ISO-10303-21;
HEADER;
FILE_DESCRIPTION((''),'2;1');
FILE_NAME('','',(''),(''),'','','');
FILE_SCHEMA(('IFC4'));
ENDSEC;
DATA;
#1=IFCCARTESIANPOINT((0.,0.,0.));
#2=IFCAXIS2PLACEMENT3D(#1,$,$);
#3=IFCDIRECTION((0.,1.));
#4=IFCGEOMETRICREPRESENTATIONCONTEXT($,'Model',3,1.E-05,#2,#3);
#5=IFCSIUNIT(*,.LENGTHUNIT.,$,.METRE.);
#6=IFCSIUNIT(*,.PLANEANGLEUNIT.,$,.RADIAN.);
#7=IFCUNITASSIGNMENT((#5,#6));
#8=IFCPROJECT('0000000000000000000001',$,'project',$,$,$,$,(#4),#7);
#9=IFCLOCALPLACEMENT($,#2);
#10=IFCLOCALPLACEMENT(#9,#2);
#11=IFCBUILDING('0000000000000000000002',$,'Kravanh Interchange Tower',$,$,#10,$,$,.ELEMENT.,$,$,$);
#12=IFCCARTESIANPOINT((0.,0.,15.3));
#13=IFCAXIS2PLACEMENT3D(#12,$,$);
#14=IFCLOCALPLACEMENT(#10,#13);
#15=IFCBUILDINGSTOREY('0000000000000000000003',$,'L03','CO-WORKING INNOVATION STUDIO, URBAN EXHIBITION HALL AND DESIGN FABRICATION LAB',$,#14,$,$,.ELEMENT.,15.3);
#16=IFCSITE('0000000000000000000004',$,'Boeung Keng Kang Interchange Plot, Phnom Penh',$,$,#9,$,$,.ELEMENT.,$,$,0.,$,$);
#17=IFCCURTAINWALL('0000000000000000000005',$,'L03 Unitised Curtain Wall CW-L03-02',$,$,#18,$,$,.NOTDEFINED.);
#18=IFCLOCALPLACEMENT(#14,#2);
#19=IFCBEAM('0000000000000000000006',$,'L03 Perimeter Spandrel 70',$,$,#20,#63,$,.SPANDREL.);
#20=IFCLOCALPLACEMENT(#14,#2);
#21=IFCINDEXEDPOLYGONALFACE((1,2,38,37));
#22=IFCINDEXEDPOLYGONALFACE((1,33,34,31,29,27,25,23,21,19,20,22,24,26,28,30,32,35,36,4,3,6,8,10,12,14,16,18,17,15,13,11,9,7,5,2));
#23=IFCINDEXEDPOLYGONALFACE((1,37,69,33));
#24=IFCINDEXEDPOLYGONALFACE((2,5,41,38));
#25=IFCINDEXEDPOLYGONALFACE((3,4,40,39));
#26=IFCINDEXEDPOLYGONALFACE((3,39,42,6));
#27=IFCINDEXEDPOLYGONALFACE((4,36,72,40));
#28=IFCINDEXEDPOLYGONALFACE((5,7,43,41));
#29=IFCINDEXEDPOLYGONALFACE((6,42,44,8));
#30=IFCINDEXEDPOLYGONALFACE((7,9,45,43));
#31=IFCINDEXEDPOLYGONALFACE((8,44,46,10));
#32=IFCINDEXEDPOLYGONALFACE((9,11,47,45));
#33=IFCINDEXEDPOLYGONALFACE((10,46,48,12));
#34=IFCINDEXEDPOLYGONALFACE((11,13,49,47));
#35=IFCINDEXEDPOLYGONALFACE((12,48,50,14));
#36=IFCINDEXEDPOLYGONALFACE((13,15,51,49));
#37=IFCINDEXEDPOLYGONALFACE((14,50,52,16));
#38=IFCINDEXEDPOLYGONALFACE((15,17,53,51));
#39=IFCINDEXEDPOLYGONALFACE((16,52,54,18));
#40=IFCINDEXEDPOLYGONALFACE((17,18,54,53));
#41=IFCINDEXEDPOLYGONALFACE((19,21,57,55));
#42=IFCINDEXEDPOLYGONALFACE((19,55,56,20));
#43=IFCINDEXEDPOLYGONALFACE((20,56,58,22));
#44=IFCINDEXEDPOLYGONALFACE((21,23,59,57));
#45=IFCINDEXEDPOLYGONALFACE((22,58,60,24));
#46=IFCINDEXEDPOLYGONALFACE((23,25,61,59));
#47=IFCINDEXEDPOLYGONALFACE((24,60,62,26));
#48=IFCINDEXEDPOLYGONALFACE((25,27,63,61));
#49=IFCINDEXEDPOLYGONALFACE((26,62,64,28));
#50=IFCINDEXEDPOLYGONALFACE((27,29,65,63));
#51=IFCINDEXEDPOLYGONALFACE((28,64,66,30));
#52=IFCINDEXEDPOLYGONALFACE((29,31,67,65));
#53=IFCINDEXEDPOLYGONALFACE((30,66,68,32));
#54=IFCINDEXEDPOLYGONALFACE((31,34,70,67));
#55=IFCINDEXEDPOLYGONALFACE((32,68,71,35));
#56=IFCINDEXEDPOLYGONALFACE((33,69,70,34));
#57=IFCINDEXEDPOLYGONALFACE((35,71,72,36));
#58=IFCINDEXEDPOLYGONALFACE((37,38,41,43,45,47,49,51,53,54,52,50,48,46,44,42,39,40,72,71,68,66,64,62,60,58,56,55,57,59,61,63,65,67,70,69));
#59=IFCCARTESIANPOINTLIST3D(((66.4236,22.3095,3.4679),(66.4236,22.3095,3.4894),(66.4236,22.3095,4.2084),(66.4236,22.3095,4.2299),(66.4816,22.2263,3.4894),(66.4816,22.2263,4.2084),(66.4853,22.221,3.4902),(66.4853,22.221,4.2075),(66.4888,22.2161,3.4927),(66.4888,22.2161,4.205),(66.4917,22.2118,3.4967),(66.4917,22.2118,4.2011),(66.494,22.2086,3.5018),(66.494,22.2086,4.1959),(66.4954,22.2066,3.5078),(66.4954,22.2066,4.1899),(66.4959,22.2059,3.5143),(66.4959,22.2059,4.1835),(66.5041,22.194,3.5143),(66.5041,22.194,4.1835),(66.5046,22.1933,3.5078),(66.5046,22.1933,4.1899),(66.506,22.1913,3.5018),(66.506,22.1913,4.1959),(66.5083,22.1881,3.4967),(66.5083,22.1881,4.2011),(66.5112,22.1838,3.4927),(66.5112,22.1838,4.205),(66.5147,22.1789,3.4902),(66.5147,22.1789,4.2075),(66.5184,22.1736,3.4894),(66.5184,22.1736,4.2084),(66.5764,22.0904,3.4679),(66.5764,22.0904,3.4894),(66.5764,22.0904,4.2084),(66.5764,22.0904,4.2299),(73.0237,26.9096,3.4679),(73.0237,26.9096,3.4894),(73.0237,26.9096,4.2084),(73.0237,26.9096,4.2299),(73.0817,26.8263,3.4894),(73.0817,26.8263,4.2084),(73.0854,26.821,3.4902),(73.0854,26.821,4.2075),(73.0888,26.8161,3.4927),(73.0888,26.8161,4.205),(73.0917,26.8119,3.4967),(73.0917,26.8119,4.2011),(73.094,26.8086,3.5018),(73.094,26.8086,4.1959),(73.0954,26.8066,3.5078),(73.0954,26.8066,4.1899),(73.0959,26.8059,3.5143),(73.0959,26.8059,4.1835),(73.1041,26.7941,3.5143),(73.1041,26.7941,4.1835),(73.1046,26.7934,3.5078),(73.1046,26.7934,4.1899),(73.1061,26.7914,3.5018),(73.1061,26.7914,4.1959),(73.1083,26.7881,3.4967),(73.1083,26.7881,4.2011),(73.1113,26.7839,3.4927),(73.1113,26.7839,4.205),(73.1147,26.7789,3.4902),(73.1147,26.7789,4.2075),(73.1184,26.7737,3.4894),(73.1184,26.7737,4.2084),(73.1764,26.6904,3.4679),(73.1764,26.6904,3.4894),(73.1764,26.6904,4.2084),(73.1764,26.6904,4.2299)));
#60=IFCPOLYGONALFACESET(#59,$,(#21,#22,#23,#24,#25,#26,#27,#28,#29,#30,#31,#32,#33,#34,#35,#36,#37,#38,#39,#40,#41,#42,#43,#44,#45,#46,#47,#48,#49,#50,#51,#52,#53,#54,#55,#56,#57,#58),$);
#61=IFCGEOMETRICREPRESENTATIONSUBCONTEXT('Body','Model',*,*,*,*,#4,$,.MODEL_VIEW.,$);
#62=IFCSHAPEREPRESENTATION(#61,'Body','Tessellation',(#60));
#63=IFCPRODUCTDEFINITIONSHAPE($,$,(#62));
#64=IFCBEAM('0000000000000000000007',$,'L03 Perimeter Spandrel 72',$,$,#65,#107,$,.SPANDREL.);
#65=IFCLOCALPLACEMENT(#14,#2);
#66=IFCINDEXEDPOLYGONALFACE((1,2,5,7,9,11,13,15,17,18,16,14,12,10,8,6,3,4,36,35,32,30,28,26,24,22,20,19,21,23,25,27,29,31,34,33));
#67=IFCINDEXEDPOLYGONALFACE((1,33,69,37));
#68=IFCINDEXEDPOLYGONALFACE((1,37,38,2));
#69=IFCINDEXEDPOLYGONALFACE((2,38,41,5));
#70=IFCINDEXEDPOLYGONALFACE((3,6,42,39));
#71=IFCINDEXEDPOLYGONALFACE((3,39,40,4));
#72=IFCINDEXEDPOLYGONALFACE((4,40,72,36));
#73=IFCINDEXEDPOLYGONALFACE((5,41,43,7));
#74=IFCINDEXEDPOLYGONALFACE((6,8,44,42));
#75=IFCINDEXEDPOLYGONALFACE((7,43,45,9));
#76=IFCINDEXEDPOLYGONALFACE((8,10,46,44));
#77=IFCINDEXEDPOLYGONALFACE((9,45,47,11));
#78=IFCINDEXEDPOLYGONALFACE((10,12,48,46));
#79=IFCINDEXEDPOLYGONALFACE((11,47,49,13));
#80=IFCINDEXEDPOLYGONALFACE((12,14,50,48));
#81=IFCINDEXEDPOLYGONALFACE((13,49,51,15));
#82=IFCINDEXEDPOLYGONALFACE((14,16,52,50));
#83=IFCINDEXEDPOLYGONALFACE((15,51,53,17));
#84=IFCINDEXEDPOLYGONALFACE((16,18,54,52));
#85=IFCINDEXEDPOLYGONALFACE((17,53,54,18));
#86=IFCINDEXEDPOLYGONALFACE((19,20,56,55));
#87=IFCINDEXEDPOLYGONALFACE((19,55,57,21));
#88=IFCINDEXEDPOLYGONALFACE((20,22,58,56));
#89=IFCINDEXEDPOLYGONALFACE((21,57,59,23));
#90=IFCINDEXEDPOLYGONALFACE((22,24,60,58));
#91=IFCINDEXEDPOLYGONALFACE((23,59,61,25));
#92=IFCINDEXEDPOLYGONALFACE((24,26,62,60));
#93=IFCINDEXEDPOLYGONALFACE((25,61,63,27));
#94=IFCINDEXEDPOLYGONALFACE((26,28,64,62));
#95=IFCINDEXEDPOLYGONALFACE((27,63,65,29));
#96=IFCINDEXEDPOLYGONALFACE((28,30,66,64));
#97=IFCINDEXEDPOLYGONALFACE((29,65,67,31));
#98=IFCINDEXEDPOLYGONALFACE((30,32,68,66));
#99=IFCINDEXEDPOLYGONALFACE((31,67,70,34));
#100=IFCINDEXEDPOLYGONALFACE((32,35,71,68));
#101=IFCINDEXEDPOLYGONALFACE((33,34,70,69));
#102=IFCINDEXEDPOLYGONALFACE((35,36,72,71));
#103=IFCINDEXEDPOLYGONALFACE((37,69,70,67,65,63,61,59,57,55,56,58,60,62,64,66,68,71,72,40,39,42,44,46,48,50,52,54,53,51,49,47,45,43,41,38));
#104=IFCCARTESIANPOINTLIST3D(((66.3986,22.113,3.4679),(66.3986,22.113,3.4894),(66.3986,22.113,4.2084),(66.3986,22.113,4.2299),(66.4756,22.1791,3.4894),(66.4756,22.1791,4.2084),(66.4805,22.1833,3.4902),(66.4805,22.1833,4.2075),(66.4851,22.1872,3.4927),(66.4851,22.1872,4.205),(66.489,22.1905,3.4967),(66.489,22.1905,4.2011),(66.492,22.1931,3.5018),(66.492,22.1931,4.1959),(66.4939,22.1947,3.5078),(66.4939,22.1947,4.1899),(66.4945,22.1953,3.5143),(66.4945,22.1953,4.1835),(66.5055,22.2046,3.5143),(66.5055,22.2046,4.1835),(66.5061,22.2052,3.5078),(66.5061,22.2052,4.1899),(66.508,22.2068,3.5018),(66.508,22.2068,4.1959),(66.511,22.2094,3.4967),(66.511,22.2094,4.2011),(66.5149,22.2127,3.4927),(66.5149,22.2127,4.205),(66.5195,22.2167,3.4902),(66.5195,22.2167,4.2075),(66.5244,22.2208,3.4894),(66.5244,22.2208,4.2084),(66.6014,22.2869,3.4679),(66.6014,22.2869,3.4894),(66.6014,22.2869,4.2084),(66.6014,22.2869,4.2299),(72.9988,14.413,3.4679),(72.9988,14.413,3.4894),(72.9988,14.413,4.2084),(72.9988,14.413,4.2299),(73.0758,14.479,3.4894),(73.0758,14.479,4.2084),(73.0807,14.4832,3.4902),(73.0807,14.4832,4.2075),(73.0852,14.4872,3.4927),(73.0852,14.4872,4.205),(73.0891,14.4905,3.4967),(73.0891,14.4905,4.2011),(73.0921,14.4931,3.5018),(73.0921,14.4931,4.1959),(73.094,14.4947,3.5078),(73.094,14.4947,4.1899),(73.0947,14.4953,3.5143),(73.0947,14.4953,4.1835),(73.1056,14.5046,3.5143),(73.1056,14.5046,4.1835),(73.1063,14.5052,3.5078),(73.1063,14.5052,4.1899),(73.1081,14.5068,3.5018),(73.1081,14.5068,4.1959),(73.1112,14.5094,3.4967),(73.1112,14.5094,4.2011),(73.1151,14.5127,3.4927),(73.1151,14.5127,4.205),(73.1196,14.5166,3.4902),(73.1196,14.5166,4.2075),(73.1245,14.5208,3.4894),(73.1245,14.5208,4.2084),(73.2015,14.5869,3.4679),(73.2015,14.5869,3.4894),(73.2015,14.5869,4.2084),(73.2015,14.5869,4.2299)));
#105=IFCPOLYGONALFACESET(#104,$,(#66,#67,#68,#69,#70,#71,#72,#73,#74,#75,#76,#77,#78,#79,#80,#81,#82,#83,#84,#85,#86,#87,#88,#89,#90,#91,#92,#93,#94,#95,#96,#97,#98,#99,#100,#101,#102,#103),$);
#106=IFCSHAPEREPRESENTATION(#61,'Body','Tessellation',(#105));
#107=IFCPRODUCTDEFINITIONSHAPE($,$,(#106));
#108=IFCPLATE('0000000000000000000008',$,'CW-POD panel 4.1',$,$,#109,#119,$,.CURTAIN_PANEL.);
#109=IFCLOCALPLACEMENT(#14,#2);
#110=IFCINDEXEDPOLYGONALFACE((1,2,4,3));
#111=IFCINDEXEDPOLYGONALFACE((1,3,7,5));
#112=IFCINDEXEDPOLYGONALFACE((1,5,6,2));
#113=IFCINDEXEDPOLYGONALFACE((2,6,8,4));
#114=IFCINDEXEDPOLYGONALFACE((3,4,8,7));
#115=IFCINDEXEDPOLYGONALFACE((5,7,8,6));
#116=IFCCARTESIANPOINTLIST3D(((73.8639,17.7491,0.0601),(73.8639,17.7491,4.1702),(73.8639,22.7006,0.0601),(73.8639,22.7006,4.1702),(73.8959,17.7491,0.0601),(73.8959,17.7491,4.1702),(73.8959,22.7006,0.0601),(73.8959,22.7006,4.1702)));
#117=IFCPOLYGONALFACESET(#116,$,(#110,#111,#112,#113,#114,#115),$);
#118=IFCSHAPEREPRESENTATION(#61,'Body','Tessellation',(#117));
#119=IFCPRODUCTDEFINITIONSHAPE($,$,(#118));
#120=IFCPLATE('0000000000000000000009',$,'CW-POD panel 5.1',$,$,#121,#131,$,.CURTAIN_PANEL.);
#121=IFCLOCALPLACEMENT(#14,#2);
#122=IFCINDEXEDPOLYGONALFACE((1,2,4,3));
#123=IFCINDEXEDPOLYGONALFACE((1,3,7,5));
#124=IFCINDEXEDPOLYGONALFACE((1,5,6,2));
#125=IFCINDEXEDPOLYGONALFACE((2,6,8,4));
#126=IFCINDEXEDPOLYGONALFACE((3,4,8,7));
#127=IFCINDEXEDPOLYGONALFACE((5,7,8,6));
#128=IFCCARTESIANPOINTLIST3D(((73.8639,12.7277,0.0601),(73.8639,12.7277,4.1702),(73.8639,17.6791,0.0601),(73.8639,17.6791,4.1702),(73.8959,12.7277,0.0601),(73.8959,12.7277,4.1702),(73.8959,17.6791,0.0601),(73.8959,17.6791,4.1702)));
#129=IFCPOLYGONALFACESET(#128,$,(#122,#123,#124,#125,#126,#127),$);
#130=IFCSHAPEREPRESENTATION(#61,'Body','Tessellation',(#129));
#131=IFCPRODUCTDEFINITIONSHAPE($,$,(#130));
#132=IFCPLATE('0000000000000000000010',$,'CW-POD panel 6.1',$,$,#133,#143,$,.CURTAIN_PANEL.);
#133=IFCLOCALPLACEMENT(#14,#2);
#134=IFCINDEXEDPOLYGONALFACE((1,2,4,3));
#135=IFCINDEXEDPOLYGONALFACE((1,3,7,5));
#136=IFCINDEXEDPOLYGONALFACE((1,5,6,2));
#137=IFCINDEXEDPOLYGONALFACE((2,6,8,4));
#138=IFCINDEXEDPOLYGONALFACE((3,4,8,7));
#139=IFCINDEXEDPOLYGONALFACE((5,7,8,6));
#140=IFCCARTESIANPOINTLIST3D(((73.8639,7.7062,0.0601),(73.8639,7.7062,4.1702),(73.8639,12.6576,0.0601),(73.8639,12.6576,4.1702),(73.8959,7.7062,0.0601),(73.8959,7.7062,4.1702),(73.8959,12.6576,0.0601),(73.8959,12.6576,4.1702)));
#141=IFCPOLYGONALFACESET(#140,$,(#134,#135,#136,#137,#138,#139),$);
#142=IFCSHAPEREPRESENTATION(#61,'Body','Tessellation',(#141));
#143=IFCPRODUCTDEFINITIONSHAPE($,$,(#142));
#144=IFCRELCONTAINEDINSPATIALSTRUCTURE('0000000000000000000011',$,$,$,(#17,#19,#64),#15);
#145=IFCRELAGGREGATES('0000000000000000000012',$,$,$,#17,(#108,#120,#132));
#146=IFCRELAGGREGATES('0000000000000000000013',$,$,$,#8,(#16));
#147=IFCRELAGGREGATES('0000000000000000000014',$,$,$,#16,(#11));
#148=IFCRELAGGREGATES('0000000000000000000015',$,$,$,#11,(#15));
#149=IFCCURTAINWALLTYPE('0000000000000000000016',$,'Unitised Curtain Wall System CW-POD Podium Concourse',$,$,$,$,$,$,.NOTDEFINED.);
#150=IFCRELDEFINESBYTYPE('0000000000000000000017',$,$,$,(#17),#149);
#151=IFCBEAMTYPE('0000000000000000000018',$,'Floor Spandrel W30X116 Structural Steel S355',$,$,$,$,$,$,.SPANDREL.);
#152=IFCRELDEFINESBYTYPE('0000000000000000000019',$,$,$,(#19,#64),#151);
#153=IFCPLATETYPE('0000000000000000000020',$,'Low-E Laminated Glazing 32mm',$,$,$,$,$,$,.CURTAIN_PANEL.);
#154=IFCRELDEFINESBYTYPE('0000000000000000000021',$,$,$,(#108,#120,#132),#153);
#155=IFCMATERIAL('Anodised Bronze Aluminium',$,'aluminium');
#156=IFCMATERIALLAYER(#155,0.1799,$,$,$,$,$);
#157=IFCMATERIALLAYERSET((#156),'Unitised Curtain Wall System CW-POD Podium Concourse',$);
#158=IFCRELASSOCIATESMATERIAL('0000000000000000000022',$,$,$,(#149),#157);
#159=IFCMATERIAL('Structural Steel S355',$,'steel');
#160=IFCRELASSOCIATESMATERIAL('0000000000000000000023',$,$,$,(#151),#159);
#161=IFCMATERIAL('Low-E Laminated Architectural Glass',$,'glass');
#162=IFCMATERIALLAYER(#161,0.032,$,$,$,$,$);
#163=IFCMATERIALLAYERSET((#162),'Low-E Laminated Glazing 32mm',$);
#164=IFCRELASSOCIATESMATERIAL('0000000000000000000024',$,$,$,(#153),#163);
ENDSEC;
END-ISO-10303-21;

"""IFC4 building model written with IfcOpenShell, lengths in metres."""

from ifc_helpers import new_model, si_unit, direction, frame, origin, origin_2d, place, context, subcontext, project, spatial, rectangle, i_section, extrude, material, layer, layer_set, material_profile, profile_set, type_object, element, aggregate, save


model = new_model("IFC4")

# Units and contexts
model_context = context("Model", 3, precision=1e-05, world=origin(), true_north=direction((0.0, 1.0)))
body_context = subcontext(model_context, "Body", "Model", "MODEL_VIEW")
ifc_project = project(units=[si_unit("LENGTHUNIT", "METRE"), si_unit("PLANEANGLEUNIT", "RADIAN")], contexts=[model_context])

# Site, building, storey
site_placement = place(None, origin())
site = spatial("IfcSite", under=ifc_project, at=site_placement, Name="Boeung Keng Kang Interchange Plot, Phnom Penh", CompositionType="ELEMENT", RefElevation=0.0)
building_placement = place(site_placement, origin())
building = spatial("IfcBuilding", under=site, at=building_placement, Name="Kravanh Interchange Tower", CompositionType="ELEMENT")
storey_placement = place(building_placement, frame((0.0, 0.0, 15.3)))
storey = spatial("IfcBuildingStorey", under=building, at=storey_placement, Name="L03", Description="CO-WORKING INNOVATION STUDIO, URBAN EXHIBITION HALL AND DESIGN FABRICATION LAB", CompositionType="ELEMENT", Elevation=15.3)

# Curtain wall
ifc_material_1 = material(Name="Anodised Bronze Aluminium", Category="aluminium")
ifc_layer_1 = layer(ifc_material_1, 0.1799)
ifc_layer_set_1 = layer_set([ifc_layer_1], Name="Unitised Curtain Wall System CW-POD Podium Concourse")
curtain_wall_type = type_object("IfcCurtainWallType", Name="Unitised Curtain Wall System CW-POD Podium Concourse", PredefinedType="NOTDEFINED", material=ifc_layer_set_1)
curtain_wall_placement = place(storey_placement, origin())
curtain_wall = element("IfcCurtainWall", 1, at=curtain_wall_placement, inside=storey, type_object=curtain_wall_type, Name="L03 Unitised Curtain Wall CW-L03-02", PredefinedType="NOTDEFINED")

# Beams
ifc_material_2 = material(Name="Structural Steel S355", Category="steel")
ifc_material_profile_1 = material_profile(ifc_material_2, i_section(OverallWidth=0.2671, OverallDepth=0.762, WebThickness=0.0144, FlangeThickness=0.0215, FilletRadius=0.0249, at=origin_2d()), Name="W30X116")
ifc_profile_set_1 = profile_set([ifc_material_profile_1], Name="Structural Steel S355")
beam_type_1 = type_object("IfcBeamType", Name="Floor Spandrel W30X116 Structural Steel S355", PredefinedType="SPANDREL", material=ifc_profile_set_1)
beam_1_placement = place(storey_placement, frame((66.5, 22.2, 3.8489), z_axis=(0.820396, 0.571795, 0.0), x_axis=(-0.571795, 0.820396, 0.0)))
element("IfcBeam", 2, at=beam_1_placement, inside=storey, type_object=beam_type_1, Name="L03 Perimeter Spandrel 70", PredefinedType="SPANDREL", context=body_context, shape_type="SweptSolid", body=[
    extrude(i_section(OverallWidth=0.2671, OverallDepth=0.762, WebThickness=0.0144, FlangeThickness=0.0215, FilletRadius=0.0249, at=origin_2d()), origin(), (0.0, 0.0, 1.0), 8.0449),
])
beam_2_placement = place(storey_placement, frame((66.5, 22.2, 3.8489), z_axis=(0.650799, -0.75925, 0.0), x_axis=(0.75925, 0.650799, 0.0)))
element("IfcBeam", 3, at=beam_2_placement, inside=storey, type_object=beam_type_1, Name="L03 Perimeter Spandrel 72", PredefinedType="SPANDREL", context=body_context, shape_type="SweptSolid", body=[
    extrude(i_section(OverallWidth=0.2671, OverallDepth=0.762, WebThickness=0.0144, FlangeThickness=0.0215, FilletRadius=0.0249, at=origin_2d()), origin(), (0.0, 0.0, 1.0), 10.1416),
])

# Plates
ifc_material_3 = material(Name="Low-E Laminated Architectural Glass", Category="glass")
ifc_layer_2 = layer(ifc_material_3, 0.032)
ifc_layer_set_2 = layer_set([ifc_layer_2], Name="Low-E Laminated Glazing 32mm")
plate_type = type_object("IfcPlateType", Name="Low-E Laminated Glazing 32mm", PredefinedType="CURTAIN_PANEL", material=ifc_layer_set_2)
plate_1_placement = place(storey_placement, frame((73.8799, 20.2249, 0.0601), z_axis=(0.0, 0.0, 1.0), x_axis=(0.0, -1.0, 0.0)))
plate_1 = element("IfcPlate", 4, at=plate_1_placement, type_object=plate_type, Name="CW-POD panel 4.1", PredefinedType="CURTAIN_PANEL", context=body_context, shape_type="SweptSolid", body=[
    extrude(rectangle(XDim=4.9514, YDim=0.032, at=origin_2d()), origin(), (0.0, 0.0, 1.0), 4.1101),
])
plate_2_placement = place(storey_placement, frame((73.8799, 15.2034, 0.0601), z_axis=(0.0, 0.0, 1.0), x_axis=(0.0, -1.0, 0.0)))
plate_2 = element("IfcPlate", 5, at=plate_2_placement, type_object=plate_type, Name="CW-POD panel 5.1", PredefinedType="CURTAIN_PANEL", context=body_context, shape_type="SweptSolid", body=[
    extrude(rectangle(XDim=4.9514, YDim=0.032, at=origin_2d()), origin(), (0.0, 0.0, 1.0), 4.1101),
])
plate_3_placement = place(storey_placement, frame((73.8799, 10.1819, 0.0601), z_axis=(0.0, 0.0, 1.0), x_axis=(0.0, -1.0, 0.0)))
plate_3 = element("IfcPlate", 6, at=plate_3_placement, type_object=plate_type, Name="CW-POD panel 6.1", PredefinedType="CURTAIN_PANEL", context=body_context, shape_type="SweptSolid", body=[
    extrude(rectangle(XDim=4.9514, YDim=0.032, at=origin_2d()), origin(), (0.0, 0.0, 1.0), 4.1101),
])
aggregate(curtain_wall, [plate_1, plate_2, plate_3])

save(model, "model.ifc")
